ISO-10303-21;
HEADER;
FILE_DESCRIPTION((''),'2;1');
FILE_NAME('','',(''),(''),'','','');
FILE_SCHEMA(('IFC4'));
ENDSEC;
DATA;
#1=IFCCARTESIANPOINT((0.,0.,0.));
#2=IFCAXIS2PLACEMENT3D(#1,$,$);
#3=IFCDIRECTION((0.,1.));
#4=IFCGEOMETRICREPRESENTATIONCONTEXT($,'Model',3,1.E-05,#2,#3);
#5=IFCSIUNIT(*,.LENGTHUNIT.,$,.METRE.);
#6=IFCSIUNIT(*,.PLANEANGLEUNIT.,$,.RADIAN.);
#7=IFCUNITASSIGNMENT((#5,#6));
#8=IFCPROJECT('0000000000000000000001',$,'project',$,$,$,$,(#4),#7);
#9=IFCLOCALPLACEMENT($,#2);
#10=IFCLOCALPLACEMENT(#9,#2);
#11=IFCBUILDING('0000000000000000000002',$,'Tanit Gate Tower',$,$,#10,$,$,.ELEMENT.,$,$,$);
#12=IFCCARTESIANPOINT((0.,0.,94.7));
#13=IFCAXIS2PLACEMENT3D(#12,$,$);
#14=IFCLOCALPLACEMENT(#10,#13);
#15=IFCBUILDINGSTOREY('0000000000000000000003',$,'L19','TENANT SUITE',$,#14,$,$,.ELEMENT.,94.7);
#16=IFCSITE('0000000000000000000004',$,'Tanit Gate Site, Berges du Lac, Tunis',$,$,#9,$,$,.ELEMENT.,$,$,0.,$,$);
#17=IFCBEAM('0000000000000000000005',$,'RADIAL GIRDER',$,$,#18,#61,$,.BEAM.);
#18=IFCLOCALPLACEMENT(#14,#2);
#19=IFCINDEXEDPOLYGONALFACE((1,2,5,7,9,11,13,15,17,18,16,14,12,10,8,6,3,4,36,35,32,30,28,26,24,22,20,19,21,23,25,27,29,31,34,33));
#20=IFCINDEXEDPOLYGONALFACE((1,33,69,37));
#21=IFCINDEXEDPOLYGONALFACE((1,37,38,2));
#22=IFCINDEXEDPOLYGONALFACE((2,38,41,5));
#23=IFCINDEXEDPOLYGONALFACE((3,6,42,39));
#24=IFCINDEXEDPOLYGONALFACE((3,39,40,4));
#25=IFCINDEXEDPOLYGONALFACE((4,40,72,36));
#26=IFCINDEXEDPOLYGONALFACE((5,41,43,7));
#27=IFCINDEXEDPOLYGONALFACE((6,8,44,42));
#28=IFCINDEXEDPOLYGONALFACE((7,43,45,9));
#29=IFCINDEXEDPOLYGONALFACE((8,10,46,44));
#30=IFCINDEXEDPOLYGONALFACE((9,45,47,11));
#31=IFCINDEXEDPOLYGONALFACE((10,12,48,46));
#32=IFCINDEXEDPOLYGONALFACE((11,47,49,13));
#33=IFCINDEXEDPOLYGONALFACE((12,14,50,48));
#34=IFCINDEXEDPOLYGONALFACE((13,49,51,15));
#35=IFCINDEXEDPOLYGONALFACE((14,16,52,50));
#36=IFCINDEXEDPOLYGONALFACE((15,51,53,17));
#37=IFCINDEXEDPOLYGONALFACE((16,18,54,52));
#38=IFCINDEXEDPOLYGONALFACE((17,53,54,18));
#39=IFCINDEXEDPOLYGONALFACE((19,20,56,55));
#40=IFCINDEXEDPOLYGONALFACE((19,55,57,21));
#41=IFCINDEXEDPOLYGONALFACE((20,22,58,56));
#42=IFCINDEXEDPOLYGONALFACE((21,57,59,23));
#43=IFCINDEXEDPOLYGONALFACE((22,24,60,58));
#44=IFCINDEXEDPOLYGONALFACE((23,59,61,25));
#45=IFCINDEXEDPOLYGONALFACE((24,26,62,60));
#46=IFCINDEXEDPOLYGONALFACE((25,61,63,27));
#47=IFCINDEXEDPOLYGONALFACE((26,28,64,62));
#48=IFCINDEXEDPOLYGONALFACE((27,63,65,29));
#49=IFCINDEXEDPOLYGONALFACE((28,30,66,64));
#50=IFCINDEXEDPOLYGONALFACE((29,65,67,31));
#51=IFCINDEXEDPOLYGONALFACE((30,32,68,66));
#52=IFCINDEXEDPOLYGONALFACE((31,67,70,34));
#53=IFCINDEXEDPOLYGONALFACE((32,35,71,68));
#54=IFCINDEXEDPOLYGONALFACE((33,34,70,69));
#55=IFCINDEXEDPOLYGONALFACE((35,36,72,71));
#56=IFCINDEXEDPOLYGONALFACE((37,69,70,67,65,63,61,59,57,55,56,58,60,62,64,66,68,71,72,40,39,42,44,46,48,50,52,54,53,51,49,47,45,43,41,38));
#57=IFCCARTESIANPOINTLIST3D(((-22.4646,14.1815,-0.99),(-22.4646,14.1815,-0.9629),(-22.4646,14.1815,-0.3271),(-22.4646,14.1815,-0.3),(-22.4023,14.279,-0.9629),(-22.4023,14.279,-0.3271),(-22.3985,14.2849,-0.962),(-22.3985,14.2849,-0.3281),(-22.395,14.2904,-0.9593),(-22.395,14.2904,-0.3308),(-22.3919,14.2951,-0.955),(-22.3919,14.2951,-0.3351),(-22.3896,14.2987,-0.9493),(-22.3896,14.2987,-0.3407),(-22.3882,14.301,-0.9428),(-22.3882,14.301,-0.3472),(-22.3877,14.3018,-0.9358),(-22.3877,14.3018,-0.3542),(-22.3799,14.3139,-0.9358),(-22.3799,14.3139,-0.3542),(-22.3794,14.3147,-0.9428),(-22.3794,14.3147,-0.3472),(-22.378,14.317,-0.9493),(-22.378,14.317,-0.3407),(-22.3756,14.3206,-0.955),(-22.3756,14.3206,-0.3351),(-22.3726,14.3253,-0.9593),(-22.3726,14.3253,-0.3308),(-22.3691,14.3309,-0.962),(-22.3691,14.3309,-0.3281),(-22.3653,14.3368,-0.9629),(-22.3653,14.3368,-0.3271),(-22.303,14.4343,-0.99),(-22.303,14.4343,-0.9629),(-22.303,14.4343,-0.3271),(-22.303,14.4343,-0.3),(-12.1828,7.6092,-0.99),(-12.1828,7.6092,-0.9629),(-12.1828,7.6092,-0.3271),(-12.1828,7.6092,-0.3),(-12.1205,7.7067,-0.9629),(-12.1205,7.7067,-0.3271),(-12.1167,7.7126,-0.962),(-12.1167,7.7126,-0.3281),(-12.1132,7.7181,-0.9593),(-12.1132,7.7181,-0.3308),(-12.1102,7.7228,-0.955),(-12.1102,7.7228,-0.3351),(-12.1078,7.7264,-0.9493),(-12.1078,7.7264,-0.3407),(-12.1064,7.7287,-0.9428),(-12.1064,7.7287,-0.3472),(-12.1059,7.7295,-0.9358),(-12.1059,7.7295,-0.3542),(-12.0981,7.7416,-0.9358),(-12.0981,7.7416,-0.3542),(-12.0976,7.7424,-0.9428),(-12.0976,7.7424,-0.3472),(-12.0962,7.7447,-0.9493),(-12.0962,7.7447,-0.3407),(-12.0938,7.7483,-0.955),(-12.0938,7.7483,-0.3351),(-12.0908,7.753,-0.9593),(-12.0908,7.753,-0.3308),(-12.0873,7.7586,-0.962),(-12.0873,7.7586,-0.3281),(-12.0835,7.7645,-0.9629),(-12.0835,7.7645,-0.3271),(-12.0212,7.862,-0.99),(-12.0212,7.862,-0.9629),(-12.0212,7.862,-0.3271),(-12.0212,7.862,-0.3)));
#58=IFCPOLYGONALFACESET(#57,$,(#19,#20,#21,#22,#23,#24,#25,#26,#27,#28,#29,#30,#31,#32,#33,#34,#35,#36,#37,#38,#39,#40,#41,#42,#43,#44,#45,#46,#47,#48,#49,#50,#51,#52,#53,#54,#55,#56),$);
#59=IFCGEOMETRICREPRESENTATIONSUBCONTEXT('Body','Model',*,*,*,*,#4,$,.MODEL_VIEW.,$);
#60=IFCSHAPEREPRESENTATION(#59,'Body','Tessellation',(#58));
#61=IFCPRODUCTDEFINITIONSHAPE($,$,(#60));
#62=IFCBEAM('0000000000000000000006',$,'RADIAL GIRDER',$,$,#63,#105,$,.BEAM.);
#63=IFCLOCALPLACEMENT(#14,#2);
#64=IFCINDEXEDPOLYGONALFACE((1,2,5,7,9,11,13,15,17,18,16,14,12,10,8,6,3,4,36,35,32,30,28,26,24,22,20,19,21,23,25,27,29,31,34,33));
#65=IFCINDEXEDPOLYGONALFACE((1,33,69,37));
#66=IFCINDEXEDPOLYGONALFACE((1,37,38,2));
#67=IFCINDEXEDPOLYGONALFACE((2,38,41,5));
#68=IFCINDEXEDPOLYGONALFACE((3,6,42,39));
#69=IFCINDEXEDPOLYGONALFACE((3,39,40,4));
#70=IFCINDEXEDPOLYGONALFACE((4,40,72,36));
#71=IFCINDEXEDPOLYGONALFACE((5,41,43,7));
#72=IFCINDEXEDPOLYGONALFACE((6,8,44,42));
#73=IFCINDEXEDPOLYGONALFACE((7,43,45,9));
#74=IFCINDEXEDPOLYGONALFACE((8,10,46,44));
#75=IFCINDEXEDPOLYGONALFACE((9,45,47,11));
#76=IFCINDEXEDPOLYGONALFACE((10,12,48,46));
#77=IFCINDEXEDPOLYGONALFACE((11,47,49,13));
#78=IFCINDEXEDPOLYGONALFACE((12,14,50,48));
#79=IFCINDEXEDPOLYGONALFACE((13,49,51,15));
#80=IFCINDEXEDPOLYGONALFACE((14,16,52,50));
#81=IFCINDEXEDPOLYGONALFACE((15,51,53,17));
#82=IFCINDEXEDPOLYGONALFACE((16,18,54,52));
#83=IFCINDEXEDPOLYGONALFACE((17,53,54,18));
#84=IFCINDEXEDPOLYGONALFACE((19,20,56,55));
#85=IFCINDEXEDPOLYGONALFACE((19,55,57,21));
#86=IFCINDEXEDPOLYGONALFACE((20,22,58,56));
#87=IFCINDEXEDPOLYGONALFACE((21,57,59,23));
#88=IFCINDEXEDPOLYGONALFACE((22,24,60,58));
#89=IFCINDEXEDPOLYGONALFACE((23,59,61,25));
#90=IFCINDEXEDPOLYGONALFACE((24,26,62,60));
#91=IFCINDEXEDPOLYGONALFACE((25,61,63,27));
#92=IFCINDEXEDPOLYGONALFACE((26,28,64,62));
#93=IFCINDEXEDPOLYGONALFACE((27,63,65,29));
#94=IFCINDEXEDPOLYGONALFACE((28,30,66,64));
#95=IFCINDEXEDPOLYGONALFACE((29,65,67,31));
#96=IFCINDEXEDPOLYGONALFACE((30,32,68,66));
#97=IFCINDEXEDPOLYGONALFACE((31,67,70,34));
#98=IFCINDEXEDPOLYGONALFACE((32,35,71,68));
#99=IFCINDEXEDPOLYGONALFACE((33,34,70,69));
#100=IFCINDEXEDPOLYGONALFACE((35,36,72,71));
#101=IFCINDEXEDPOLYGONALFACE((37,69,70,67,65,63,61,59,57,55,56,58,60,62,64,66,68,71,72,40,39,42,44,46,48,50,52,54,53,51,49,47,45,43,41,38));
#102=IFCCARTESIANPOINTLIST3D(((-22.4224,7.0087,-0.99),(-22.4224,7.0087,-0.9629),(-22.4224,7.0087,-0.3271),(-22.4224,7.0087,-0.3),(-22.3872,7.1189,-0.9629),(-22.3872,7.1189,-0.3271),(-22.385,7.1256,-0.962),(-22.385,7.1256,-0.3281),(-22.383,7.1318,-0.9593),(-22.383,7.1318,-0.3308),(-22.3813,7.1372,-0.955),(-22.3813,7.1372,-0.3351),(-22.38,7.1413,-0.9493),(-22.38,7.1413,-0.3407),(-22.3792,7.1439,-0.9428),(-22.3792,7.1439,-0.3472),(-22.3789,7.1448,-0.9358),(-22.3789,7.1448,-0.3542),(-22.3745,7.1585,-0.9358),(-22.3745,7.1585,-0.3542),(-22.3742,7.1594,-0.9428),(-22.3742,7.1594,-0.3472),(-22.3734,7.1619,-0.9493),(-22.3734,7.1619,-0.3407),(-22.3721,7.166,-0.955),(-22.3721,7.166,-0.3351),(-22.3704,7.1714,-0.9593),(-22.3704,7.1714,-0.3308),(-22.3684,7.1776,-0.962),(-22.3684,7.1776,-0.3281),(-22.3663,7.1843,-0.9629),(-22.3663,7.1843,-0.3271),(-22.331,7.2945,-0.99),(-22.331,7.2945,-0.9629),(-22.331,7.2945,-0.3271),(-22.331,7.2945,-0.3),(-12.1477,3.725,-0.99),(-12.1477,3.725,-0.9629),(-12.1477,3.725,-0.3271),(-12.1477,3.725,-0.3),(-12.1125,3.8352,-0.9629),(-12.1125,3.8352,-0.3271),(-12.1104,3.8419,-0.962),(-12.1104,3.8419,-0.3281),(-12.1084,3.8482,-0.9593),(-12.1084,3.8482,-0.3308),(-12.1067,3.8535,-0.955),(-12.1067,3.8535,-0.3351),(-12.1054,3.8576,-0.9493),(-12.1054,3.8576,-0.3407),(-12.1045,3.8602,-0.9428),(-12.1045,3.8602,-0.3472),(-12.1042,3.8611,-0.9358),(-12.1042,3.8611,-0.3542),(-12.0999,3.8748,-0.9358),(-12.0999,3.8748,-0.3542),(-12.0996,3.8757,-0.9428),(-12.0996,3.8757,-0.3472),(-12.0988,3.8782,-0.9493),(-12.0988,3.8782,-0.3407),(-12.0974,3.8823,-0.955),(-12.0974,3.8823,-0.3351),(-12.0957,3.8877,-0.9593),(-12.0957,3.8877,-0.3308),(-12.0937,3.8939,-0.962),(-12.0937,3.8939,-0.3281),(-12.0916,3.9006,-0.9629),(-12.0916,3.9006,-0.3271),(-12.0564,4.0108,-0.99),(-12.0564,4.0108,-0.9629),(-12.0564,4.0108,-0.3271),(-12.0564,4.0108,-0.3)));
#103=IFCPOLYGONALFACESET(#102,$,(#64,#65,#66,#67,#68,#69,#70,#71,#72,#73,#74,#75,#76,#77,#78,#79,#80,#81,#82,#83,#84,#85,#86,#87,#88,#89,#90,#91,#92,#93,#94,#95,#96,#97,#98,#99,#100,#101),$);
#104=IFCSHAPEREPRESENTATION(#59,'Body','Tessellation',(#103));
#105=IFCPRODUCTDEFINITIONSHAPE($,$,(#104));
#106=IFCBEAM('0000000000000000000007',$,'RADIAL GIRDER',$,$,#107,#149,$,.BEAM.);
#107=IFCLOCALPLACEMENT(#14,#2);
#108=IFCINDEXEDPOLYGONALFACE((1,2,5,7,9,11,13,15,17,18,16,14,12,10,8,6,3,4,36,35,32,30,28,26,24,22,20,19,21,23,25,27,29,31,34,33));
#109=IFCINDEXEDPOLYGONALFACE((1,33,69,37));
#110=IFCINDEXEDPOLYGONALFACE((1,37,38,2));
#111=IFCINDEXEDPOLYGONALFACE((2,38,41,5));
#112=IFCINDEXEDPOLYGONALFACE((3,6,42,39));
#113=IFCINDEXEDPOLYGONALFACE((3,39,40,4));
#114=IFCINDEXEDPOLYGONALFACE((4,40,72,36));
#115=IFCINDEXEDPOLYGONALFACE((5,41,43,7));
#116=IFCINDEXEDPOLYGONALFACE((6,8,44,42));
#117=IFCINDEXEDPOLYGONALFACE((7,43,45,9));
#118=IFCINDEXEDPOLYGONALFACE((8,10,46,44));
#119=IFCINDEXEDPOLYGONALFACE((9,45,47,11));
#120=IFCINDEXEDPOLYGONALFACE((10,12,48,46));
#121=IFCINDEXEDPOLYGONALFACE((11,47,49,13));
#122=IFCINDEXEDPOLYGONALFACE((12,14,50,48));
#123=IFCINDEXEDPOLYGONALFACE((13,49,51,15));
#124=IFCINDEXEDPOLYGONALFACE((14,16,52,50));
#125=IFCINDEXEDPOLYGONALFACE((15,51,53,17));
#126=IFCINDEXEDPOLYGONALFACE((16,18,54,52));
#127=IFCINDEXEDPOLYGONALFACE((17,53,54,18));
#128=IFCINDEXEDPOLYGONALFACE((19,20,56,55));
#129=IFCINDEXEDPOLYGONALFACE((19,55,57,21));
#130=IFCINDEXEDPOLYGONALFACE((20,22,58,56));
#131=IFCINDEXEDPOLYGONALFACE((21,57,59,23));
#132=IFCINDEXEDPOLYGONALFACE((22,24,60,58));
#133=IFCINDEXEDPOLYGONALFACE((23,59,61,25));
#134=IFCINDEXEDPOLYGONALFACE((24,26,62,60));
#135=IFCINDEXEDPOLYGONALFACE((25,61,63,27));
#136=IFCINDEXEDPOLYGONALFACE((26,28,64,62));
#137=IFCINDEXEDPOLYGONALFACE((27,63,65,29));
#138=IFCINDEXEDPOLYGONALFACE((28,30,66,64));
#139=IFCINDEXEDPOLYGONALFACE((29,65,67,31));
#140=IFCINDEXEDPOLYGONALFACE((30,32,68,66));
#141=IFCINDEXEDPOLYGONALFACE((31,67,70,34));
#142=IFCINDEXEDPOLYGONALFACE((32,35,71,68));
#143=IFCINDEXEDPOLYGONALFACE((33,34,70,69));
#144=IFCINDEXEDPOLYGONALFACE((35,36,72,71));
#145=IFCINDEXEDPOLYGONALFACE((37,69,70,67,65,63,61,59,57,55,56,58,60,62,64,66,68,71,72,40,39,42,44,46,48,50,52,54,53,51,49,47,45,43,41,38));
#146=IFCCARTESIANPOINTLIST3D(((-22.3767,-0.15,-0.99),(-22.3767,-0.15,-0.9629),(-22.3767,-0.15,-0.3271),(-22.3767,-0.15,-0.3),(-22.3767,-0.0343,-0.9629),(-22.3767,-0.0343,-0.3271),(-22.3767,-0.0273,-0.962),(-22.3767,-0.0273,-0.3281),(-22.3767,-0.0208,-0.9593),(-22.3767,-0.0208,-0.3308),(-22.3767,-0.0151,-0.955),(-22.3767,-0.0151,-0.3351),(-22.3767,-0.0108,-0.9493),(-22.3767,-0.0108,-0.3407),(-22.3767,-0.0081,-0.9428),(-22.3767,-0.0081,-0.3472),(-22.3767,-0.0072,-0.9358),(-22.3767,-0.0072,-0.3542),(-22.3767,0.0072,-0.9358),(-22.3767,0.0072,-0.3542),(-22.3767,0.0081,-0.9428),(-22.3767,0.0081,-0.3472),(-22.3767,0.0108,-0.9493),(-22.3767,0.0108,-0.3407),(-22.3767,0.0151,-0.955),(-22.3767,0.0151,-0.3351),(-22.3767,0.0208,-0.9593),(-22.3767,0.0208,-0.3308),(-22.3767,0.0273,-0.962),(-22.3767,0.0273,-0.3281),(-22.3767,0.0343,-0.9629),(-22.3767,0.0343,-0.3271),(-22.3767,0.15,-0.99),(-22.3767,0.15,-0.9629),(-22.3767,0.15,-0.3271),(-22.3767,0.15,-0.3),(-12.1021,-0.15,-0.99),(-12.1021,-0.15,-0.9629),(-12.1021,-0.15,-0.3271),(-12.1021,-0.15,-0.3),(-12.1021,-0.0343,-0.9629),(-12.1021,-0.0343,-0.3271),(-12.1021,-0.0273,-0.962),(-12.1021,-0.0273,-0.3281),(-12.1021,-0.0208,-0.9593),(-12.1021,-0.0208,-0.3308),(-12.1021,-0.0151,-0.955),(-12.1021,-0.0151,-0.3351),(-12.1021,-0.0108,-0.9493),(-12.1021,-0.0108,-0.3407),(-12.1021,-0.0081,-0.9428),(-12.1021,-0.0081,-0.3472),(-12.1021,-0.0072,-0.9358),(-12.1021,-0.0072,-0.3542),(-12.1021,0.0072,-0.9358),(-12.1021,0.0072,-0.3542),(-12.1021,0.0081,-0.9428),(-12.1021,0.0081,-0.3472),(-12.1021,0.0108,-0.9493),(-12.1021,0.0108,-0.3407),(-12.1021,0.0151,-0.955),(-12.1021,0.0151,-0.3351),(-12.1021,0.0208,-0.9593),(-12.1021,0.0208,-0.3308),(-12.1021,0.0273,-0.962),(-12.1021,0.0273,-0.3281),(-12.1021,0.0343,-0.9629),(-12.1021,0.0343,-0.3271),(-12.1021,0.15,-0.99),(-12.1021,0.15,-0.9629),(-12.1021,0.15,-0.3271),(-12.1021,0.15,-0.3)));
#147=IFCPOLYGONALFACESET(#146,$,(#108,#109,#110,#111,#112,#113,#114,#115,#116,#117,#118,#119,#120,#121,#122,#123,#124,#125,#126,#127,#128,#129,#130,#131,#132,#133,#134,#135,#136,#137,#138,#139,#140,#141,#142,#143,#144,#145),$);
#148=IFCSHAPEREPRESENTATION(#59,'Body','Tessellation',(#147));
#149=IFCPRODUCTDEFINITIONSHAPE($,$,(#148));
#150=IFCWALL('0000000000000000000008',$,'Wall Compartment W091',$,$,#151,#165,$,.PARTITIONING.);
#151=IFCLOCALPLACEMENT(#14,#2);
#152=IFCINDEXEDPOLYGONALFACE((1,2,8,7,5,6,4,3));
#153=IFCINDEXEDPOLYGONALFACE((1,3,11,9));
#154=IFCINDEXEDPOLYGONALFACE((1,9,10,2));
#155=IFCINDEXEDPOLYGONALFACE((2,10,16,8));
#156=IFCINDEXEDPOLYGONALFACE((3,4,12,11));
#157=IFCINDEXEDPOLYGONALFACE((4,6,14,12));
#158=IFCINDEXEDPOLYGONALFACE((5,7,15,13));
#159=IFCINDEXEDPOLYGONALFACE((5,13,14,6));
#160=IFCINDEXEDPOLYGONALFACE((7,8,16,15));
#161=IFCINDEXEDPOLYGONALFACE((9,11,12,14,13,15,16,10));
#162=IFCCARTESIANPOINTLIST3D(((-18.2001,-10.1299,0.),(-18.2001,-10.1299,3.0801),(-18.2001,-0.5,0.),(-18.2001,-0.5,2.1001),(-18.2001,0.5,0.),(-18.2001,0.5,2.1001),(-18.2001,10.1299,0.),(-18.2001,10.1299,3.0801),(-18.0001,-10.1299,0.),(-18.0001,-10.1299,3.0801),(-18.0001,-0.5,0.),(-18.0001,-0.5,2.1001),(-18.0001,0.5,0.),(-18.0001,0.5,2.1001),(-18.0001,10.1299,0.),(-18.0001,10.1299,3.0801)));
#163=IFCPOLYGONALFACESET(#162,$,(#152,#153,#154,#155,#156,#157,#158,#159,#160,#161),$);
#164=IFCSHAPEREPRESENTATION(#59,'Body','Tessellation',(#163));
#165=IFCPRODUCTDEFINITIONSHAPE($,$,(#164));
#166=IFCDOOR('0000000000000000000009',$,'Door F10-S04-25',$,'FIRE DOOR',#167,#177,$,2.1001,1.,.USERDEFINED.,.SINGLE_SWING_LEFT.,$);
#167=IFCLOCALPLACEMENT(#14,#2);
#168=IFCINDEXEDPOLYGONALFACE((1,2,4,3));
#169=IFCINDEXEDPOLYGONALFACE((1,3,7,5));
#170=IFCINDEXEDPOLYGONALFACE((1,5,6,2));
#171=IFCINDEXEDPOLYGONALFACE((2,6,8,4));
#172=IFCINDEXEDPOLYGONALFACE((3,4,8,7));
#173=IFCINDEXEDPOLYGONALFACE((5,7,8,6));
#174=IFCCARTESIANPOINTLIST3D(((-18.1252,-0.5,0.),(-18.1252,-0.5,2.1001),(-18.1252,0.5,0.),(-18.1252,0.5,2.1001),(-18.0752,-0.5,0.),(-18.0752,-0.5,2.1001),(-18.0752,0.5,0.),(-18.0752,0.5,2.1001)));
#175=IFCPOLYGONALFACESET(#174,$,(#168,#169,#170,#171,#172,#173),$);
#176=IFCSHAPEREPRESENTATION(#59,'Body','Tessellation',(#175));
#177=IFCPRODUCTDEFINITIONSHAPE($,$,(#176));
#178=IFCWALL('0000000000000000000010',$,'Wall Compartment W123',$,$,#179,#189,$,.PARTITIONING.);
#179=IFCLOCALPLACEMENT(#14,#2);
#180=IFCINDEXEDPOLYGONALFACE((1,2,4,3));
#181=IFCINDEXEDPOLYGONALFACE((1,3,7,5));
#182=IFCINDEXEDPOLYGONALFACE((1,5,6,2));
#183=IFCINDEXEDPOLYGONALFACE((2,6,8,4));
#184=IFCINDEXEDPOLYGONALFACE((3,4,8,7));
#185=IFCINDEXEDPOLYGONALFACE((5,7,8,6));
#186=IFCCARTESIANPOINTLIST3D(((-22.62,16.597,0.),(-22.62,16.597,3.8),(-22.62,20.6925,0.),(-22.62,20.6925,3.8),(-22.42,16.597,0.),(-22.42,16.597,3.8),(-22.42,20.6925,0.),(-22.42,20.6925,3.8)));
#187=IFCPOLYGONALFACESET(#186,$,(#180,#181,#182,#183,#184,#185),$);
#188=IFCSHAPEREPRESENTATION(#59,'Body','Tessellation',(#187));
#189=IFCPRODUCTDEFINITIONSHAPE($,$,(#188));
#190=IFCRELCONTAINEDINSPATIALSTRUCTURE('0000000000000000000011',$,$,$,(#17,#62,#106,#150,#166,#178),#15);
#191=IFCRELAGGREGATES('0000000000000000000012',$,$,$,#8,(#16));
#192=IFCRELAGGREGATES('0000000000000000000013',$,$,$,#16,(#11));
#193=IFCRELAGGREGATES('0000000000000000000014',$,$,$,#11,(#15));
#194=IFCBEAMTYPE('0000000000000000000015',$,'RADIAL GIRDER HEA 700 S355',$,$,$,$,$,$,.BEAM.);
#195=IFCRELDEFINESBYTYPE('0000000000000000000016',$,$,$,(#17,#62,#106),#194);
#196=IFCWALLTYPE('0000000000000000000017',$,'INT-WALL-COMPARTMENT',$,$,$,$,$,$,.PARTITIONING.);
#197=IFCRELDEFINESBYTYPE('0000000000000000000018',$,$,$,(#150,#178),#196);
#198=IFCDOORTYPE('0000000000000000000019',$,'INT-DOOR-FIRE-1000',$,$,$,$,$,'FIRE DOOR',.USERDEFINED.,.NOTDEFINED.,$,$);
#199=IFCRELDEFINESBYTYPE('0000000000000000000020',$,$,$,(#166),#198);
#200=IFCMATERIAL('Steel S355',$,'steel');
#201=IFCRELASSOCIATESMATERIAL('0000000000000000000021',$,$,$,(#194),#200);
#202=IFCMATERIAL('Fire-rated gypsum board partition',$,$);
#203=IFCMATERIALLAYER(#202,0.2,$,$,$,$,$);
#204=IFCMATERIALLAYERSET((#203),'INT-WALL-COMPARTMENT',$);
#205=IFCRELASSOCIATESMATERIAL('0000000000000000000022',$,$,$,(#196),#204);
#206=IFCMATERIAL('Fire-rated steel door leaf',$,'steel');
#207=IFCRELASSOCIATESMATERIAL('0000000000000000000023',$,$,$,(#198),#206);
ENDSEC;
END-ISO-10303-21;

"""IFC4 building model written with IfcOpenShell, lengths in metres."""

from ifc_helpers import new_model, si_unit, direction, frame, frame_2d, origin, origin_2d, place, context, subcontext, project, spatial, rectangle, i_section, extrude, material, layer, layer_set, material_profile, profile_set, type_object, element, fill, save


model = new_model("IFC4")

# Units and contexts
model_context = context("Model", 3, precision=1e-05, world=origin(), true_north=direction((0.0, 1.0)))
body_context = subcontext(model_context, "Body", "Model", "MODEL_VIEW")
ifc_project = project(units=[si_unit("LENGTHUNIT", "METRE"), si_unit("PLANEANGLEUNIT", "RADIAN")], contexts=[model_context])

# Site, building, storey
site_placement = place(None, origin())
site = spatial("IfcSite", under=ifc_project, at=site_placement, Name="Tanit Gate Site, Berges du Lac, Tunis", CompositionType="ELEMENT", RefElevation=0.0)
building_placement = place(site_placement, origin())
building = spatial("IfcBuilding", under=site, at=building_placement, Name="Tanit Gate Tower", CompositionType="ELEMENT")
storey_placement = place(building_placement, frame((0.0, 0.0, 94.7)))
storey = spatial("IfcBuildingStorey", under=building, at=storey_placement, Name="L19", Description="TENANT SUITE", CompositionType="ELEMENT", Elevation=94.7)

# Beams
ifc_material_1 = material(Name="Steel S355", Category="steel")
ifc_material_profile = material_profile(ifc_material_1, i_section(OverallWidth=0.3, OverallDepth=0.6899, WebThickness=0.0144, FlangeThickness=0.0271, FilletRadius=0.0271, at=origin_2d()), Name="HEA 700")
ifc_profile_set = profile_set([ifc_material_profile], Name="Steel S355")
beam_type = type_object("IfcBeamType", Name="RADIAL GIRDER HEA 700 S355", PredefinedType="BEAM", material=ifc_profile_set)
beam_1_placement = place(storey_placement, frame((-22.3838, 14.3079, -0.645), z_axis=(0.842571, -0.538586, 0.0), x_axis=(0.538586, 0.842571, 0.0)))
element("IfcBeam", 1, at=beam_1_placement, inside=storey, type_object=beam_type, Name="RADIAL GIRDER", PredefinedType="BEAM", context=body_context, shape_type="SweptSolid", body=[
    extrude(i_section(OverallWidth=0.3, OverallDepth=0.6899, WebThickness=0.0144, FlangeThickness=0.0271, FilletRadius=0.0271, at=origin_2d()), origin(), (0.0, 0.0, 1.0), 12.2029),
])
beam_2_placement = place(storey_placement, frame((-22.3767, 7.1516, -0.645), z_axis=(0.952537, -0.304423, 0.0), x_axis=(0.304423, 0.952537, 0.0)))
element("IfcBeam", 2, at=beam_2_placement, inside=storey, type_object=beam_type, Name="RADIAL GIRDER", PredefinedType="BEAM", context=body_context, shape_type="SweptSolid", body=[
    extrude(i_section(OverallWidth=0.3, OverallDepth=0.6899, WebThickness=0.0144, FlangeThickness=0.0271, FilletRadius=0.0271, at=origin_2d()), origin(), (0.0, 0.0, 1.0), 10.7866),
])
beam_3_placement = place(storey_placement, frame((-22.3767, 0.0, -0.645), z_axis=(1.0, 0.0, 0.0), x_axis=(0.0, 1.0, 0.0)))
element("IfcBeam", 3, at=beam_3_placement, inside=storey, type_object=beam_type, Name="RADIAL GIRDER", PredefinedType="BEAM", context=body_context, shape_type="SweptSolid", body=[
    extrude(i_section(OverallWidth=0.3, OverallDepth=0.6899, WebThickness=0.0144, FlangeThickness=0.0271, FilletRadius=0.0271, at=origin_2d()), origin(), (0.0, 0.0, 1.0), 10.2747),
])

# Wall, opening, door
ifc_material_2 = material(Name="Fire-rated gypsum board partition")
ifc_layer_1 = layer(ifc_material_2, 0.2)
ifc_layer_set_1 = layer_set([ifc_layer_1], Name="INT-WALL-COMPARTMENT")
wall_type_1 = type_object("IfcWallType", Name="INT-WALL-COMPARTMENT", PredefinedType="PARTITIONING", material=ifc_layer_set_1)
wall_1_placement = place(storey_placement, frame((-18.1001, 10.1299, 0.0), z_axis=(0.0, 0.0, 1.0), x_axis=(0.0, -1.0, 0.0)))
wall_1 = element("IfcWall", 4, at=wall_1_placement, inside=storey, type_object=wall_type_1, Name="Wall Compartment W091", PredefinedType="PARTITIONING", context=body_context, shape_type="SweptSolid", body=[
    extrude(rectangle(XDim=20.2598, YDim=0.2, at=frame_2d((10.1299, 0.0))), origin(), (0.0, 0.0, 1.0), 3.0801),
])
opening_1_placement = place(wall_1_placement, frame((9.6299, 0.0, 0.0)))
opening_1 = element("IfcOpeningElement", 5, at=opening_1_placement, cuts=wall_1, PredefinedType="OPENING", context=body_context, shape_type="SweptSolid", body=[
    extrude(rectangle(XDim=1.0, YDim=2.1001, at=frame_2d((0.5, 1.05))), frame((0.0, 0.1099, 0.0), z_axis=(0.0, -1.0, 0.0), x_axis=(1.0, 0.0, 0.0)), (0.0, 0.0, 1.0), 0.22),
])
ifc_material_3 = material(Name="Fire-rated steel door leaf", Category="steel")
door_type_1 = type_object("IfcDoorType", Name="INT-DOOR-FIRE-1000", ElementType="FIRE DOOR", OperationType="NOTDEFINED", PredefinedType="USERDEFINED", material=ifc_material_3)
door_1_placement = place(opening_1_placement, origin())
door_1 = element("IfcDoor", 6, at=door_1_placement, inside=storey, type_object=door_type_1, Name="Door F10-S04-25", ObjectType="FIRE DOOR", OperationType="SINGLE_SWING_LEFT", OverallHeight=2.1001, OverallWidth=1.0, PredefinedType="USERDEFINED", context=body_context, shape_type="SweptSolid", body=[
    extrude(rectangle(XDim=1.0, YDim=2.1001, at=frame_2d((0.5, 1.05))), frame((0.0, 0.0249, 0.0), z_axis=(0.0, -1.0, 0.0), x_axis=(1.0, 0.0, 0.0)), (0.0, 0.0, 1.0), 0.05),
])
fill(opening_1, door_1)

# Wall
wall_2_placement = place(storey_placement, frame((-22.52, 16.5969, 0.0), z_axis=(0.0, 0.0, 1.0), x_axis=(0.0, 1.0, 0.0)))
element("IfcWall", 7, at=wall_2_placement, inside=storey, type_object=wall_type_1, Name="Wall Compartment W123", PredefinedType="PARTITIONING", context=body_context, shape_type="SweptSolid", body=[
    extrude(rectangle(XDim=4.0955, YDim=0.2, at=frame_2d((2.0479, 0.0))), origin(), (0.0, 0.0, 1.0), 3.8),
])

save(model, "model.ifc")
